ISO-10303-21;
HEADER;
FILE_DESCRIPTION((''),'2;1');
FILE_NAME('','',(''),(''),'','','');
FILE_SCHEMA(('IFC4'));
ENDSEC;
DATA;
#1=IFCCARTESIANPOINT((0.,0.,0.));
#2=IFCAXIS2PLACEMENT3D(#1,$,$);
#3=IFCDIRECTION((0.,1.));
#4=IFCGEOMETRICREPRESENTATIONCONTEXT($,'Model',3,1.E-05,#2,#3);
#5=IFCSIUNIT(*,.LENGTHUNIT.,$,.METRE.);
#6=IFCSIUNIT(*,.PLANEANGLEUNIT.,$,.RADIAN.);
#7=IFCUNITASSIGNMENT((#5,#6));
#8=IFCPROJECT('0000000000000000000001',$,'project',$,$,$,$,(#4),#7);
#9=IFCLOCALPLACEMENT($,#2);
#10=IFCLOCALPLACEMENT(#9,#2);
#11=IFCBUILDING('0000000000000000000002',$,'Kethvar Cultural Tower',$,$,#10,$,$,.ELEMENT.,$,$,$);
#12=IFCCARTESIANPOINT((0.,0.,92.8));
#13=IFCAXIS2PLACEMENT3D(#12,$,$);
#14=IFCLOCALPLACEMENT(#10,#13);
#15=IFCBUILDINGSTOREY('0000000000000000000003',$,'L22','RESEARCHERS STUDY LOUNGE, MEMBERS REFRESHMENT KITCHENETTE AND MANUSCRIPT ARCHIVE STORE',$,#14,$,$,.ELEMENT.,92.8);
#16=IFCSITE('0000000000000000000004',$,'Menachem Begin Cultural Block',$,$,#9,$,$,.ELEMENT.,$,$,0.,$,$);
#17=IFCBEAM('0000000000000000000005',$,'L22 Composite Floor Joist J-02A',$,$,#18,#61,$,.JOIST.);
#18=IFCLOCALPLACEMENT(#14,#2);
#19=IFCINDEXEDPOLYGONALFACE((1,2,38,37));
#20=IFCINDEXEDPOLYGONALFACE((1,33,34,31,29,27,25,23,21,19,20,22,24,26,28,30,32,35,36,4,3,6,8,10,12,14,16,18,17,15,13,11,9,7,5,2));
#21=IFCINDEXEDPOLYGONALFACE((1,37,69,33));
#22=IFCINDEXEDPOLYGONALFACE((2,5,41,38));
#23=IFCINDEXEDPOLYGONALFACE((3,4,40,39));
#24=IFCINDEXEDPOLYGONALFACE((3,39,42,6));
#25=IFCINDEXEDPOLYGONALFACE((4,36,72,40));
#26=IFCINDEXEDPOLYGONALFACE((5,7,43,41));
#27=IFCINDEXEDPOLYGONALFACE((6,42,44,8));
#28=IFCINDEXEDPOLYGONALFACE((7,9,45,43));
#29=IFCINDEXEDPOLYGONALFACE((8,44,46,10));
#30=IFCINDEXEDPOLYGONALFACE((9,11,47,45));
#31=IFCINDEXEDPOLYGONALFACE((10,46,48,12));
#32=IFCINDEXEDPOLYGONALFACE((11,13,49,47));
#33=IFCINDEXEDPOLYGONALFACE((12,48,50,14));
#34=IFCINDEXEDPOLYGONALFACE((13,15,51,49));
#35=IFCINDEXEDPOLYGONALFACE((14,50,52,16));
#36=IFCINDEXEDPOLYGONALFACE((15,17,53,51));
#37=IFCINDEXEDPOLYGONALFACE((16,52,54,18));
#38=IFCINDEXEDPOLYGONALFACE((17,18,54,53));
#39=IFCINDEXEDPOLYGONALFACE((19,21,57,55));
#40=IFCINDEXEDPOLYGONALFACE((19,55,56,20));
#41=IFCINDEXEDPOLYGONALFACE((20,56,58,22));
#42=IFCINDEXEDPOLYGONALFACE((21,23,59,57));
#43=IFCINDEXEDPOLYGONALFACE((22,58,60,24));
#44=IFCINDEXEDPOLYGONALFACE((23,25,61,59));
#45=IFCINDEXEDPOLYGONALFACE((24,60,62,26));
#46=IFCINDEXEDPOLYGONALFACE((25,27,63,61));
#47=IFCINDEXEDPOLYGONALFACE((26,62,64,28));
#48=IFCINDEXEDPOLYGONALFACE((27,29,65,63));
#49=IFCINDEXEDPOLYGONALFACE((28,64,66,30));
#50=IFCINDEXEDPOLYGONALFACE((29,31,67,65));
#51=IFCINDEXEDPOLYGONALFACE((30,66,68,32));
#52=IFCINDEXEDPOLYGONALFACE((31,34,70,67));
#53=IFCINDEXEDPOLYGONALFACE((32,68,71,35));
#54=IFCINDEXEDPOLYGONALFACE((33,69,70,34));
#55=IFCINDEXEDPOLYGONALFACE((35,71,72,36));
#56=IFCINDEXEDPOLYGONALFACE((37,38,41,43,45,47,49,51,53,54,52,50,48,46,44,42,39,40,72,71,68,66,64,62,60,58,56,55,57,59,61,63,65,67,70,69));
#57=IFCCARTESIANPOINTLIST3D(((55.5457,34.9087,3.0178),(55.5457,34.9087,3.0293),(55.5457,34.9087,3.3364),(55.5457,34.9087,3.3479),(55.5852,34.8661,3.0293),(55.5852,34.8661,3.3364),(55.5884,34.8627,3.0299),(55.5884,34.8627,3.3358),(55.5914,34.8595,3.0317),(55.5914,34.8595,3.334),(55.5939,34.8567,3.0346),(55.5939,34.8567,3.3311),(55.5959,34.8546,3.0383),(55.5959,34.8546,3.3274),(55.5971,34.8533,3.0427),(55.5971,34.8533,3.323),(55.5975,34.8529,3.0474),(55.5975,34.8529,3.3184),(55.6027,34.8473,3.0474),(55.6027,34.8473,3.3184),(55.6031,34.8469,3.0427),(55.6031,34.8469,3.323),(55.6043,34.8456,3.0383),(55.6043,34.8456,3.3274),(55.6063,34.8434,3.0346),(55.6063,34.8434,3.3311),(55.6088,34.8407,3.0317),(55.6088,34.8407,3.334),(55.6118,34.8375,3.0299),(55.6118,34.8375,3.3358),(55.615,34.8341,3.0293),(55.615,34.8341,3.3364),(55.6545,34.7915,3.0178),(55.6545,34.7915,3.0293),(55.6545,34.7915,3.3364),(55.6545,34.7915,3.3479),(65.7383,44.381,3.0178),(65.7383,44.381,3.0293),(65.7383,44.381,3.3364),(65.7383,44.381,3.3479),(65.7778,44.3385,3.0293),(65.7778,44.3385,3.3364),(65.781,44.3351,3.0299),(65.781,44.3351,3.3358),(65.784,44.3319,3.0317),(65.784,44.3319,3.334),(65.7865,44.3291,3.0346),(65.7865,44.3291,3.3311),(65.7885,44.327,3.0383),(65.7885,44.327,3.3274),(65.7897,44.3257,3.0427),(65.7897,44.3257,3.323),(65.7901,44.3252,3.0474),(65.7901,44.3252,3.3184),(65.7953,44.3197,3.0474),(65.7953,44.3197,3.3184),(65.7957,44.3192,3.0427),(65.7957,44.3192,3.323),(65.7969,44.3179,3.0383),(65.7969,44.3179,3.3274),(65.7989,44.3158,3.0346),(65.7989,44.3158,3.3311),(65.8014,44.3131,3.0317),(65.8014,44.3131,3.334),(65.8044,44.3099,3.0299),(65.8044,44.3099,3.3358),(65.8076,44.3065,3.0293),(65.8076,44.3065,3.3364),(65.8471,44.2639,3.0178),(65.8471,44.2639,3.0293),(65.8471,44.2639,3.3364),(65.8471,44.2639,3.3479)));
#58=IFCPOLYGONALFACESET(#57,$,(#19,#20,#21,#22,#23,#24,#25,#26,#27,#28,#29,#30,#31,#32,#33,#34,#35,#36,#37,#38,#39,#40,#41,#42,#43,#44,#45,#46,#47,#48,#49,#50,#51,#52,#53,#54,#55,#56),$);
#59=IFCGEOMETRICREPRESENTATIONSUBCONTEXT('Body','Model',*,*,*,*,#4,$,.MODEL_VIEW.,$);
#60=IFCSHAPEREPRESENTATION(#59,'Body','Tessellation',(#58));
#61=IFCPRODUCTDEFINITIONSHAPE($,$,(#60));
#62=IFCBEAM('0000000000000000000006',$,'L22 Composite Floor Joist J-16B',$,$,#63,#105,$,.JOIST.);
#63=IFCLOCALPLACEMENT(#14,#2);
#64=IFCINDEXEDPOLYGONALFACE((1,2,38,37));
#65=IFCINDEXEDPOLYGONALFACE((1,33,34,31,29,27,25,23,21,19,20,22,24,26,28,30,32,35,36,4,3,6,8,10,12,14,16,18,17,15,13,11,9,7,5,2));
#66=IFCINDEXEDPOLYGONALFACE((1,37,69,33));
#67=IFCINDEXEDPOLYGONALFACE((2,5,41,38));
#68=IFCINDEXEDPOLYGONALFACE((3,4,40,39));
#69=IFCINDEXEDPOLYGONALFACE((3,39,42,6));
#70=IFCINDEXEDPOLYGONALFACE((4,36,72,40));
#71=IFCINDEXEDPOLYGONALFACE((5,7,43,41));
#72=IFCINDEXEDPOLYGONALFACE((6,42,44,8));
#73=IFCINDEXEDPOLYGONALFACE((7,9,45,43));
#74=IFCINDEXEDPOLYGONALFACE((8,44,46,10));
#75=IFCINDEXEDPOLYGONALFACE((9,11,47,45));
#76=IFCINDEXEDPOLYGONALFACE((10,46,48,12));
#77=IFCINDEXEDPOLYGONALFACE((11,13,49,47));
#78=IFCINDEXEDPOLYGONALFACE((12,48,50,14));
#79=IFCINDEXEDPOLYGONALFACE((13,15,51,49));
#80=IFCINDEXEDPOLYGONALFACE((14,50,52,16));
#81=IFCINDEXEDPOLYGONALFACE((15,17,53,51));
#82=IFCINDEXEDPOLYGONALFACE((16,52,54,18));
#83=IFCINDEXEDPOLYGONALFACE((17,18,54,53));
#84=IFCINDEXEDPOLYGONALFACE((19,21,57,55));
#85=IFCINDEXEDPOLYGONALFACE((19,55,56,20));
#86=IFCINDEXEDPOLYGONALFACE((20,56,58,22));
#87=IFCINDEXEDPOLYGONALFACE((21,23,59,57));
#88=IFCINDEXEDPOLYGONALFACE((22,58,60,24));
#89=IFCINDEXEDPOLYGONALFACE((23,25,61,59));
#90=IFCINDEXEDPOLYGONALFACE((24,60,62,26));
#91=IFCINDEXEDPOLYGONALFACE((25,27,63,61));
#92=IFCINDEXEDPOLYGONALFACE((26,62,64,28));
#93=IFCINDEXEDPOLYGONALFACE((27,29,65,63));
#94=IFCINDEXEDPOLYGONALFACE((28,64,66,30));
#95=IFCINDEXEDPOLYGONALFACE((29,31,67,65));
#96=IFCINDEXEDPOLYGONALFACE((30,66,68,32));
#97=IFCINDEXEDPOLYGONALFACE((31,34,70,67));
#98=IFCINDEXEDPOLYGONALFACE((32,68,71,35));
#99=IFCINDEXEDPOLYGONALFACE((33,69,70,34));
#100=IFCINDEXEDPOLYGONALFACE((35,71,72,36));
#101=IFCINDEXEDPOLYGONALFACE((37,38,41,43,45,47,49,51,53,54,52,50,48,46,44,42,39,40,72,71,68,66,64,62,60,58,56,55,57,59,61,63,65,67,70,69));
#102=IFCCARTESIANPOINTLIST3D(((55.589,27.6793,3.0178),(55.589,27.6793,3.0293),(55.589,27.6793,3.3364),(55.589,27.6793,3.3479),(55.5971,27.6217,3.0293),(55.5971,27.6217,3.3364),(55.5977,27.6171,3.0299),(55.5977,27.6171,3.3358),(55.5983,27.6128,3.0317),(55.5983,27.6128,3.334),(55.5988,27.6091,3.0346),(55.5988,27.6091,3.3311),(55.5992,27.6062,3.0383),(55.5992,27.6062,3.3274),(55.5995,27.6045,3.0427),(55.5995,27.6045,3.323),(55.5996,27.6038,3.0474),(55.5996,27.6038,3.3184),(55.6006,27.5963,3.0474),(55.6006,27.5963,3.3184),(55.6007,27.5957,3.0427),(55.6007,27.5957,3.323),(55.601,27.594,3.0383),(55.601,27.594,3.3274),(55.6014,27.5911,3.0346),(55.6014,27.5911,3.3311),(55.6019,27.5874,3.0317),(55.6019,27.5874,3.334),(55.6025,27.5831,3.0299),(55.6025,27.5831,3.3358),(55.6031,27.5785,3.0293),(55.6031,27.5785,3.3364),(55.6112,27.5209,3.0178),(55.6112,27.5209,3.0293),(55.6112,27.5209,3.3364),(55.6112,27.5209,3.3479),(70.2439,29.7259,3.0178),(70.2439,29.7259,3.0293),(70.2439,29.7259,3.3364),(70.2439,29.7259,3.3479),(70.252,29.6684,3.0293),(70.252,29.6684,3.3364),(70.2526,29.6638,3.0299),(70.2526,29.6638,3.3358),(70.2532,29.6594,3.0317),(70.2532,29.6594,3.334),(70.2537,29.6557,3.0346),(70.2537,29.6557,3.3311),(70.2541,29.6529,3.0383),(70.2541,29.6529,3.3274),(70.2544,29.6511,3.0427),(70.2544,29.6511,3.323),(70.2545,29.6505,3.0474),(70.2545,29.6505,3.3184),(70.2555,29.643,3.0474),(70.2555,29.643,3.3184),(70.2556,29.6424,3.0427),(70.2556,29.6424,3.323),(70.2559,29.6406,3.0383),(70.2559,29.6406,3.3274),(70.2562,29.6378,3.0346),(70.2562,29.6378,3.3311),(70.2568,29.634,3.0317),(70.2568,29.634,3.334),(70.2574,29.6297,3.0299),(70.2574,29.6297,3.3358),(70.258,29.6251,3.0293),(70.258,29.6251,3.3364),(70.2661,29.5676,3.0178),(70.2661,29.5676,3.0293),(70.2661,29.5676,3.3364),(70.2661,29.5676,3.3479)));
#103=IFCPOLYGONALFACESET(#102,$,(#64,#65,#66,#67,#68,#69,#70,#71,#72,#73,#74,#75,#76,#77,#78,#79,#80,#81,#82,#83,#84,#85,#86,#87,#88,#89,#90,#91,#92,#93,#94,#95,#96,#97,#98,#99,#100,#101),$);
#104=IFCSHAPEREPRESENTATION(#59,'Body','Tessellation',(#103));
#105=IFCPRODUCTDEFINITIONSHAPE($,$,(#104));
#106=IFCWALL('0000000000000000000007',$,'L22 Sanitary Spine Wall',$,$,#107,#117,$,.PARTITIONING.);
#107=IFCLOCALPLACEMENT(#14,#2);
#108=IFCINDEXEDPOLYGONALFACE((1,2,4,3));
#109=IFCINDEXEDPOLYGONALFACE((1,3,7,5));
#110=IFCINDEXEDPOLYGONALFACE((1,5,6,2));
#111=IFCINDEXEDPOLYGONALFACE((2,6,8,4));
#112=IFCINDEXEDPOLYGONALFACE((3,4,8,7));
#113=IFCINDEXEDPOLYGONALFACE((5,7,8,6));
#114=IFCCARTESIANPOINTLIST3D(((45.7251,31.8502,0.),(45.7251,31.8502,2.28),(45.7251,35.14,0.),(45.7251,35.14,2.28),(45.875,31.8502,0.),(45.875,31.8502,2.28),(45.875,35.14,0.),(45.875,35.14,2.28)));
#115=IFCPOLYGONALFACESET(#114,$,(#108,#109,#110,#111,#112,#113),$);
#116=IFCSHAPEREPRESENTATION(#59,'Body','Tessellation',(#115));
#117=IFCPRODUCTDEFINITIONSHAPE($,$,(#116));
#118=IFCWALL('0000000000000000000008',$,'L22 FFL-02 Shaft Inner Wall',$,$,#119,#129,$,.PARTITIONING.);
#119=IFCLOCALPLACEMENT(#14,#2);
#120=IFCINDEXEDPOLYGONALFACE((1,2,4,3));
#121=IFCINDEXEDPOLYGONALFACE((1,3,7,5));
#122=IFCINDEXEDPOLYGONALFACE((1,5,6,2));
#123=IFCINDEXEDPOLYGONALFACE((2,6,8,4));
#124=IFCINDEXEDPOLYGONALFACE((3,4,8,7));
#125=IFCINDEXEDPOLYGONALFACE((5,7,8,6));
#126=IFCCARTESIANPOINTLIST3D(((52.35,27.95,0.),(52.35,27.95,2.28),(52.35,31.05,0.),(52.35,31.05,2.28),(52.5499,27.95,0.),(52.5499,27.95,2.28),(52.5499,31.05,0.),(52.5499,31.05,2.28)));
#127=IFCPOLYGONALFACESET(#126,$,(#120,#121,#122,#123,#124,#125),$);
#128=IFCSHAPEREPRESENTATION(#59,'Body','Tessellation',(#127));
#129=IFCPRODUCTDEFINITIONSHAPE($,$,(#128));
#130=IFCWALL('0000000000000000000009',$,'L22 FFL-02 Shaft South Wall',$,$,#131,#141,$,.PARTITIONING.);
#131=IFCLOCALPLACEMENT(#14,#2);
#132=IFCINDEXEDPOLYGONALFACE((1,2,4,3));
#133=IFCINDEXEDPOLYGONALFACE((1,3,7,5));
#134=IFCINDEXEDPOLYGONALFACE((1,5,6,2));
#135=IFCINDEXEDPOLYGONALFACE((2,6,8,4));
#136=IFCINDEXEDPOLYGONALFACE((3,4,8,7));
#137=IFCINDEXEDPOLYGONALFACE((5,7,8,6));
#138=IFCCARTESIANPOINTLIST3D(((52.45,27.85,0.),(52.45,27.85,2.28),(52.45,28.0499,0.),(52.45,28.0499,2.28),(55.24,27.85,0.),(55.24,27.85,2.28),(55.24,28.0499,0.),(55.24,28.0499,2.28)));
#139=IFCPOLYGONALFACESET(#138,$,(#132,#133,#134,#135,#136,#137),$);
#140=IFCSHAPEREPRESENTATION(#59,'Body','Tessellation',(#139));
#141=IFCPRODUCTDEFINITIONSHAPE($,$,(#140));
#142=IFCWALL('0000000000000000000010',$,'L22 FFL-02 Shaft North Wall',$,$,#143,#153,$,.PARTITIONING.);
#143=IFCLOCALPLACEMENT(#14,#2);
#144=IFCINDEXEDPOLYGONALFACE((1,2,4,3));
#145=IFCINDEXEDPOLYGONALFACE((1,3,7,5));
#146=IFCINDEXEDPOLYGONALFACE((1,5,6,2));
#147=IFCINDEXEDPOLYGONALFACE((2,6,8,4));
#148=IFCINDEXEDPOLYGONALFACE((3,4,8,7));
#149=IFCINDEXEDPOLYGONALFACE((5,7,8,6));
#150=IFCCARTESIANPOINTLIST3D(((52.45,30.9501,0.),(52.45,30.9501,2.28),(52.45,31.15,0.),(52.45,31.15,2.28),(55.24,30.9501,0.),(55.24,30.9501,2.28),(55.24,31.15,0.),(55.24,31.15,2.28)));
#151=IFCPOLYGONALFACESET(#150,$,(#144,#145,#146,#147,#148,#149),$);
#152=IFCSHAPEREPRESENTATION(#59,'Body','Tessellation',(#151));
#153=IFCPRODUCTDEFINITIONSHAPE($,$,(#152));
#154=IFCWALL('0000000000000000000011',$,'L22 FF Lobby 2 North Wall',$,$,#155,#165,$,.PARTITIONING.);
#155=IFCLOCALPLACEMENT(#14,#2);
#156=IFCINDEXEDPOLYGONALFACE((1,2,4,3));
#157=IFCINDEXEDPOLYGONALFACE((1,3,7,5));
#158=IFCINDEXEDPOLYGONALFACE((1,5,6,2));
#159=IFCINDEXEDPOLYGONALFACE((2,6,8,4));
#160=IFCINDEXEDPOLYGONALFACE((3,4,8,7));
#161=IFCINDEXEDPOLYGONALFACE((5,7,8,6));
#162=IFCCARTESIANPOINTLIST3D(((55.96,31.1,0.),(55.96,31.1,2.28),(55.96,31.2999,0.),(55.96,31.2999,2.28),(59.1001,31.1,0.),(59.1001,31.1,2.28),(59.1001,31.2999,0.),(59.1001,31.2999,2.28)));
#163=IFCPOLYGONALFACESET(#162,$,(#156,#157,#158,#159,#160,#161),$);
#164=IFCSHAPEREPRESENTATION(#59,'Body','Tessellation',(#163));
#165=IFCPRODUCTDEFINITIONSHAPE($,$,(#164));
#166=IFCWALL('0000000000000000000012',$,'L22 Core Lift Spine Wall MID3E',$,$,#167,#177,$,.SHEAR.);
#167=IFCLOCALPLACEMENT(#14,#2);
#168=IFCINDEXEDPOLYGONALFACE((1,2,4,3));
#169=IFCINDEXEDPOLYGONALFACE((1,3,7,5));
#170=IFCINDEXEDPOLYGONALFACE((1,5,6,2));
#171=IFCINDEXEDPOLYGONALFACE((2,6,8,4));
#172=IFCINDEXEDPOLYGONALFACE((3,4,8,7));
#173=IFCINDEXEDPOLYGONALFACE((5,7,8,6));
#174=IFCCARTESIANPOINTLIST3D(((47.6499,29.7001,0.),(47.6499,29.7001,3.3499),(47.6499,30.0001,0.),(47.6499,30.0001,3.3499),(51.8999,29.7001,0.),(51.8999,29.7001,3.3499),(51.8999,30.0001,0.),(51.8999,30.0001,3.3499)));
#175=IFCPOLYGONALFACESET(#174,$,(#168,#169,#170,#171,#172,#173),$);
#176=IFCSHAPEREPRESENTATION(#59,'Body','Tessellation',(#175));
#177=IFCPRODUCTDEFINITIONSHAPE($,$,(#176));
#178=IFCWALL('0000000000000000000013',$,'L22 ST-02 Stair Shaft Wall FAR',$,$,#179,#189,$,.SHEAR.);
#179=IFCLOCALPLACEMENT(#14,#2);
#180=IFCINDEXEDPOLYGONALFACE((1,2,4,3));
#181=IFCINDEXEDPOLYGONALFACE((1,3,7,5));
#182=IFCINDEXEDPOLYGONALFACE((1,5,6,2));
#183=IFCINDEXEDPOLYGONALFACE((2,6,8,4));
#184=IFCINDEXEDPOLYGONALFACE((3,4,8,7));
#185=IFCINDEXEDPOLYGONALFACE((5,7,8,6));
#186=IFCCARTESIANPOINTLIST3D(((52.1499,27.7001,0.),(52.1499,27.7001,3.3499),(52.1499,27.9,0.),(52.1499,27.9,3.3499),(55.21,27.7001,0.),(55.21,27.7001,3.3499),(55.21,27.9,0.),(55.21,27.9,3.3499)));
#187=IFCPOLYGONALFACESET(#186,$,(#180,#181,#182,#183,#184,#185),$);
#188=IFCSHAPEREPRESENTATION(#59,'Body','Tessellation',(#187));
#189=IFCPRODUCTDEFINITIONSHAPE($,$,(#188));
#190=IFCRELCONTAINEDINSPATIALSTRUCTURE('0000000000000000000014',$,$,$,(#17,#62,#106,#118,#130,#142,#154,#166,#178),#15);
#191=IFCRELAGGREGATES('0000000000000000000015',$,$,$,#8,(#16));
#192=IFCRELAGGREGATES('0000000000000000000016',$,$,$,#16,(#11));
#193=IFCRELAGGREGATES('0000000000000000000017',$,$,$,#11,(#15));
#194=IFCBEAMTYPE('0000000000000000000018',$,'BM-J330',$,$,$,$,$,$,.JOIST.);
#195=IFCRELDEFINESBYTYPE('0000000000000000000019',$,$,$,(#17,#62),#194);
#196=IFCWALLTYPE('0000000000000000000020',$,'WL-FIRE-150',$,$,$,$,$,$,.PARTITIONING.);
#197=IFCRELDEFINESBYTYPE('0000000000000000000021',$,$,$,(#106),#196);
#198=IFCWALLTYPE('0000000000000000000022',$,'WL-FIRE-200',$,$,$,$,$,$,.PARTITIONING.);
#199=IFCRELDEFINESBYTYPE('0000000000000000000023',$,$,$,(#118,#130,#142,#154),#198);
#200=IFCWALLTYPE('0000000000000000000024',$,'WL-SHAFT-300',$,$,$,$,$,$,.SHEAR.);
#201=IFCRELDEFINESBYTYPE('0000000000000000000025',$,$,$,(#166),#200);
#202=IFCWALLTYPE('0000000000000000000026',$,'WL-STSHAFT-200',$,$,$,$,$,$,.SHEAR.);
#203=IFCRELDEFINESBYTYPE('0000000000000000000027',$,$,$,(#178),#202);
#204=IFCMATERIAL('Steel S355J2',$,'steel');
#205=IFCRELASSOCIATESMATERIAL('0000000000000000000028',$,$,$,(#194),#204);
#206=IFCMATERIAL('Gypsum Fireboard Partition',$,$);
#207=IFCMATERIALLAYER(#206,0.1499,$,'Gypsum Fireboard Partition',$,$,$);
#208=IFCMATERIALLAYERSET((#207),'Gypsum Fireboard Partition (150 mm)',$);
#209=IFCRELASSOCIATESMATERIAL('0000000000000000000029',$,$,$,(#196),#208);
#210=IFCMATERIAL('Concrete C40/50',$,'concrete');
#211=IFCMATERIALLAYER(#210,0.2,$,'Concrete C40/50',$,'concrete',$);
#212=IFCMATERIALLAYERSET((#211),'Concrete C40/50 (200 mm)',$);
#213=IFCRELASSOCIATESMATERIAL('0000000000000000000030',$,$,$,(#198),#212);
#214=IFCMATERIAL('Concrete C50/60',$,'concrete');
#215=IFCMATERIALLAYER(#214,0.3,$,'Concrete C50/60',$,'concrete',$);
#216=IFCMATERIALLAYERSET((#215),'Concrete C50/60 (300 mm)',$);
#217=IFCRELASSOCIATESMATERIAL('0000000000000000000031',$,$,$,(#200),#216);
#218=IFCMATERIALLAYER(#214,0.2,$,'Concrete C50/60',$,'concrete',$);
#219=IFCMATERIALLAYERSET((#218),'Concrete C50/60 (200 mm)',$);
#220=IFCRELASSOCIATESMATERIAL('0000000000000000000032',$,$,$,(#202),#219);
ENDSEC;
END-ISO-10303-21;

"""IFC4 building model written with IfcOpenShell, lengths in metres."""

from ifc_helpers import new_model, si_unit, direction, frame, frame_2d, origin, origin_2d, place, context, subcontext, project, spatial, rectangle, i_section, extrude, source, transform, mapped, material, layer, layer_set, material_profile, profile_set, type_object, element, save


model = new_model("IFC4")

# Units and contexts
model_context = context("Model", 3, precision=1e-05, world=origin(), true_north=direction((0.0, 1.0)))
body_context = subcontext(model_context, "Body", "Model", "MODEL_VIEW")
ifc_project = project(units=[si_unit("LENGTHUNIT", "METRE"), si_unit("PLANEANGLEUNIT", "RADIAN")], contexts=[model_context])

# Site, building, storey
site_placement = place(None, origin())
site = spatial("IfcSite", under=ifc_project, at=site_placement, Name="Menachem Begin Cultural Block", CompositionType="ELEMENT", RefElevation=0.0)
building_placement = place(site_placement, origin())
building = spatial("IfcBuilding", under=site, at=building_placement, Name="Kethvar Cultural Tower", CompositionType="ELEMENT")
storey_placement = place(building_placement, frame((0.0, 0.0, 92.8)))
storey = spatial("IfcBuildingStorey", under=building, at=storey_placement, Name="L22", Description="RESEARCHERS STUDY LOUNGE, MEMBERS REFRESHMENT KITCHENETTE AND MANUSCRIPT ARCHIVE STORE", CompositionType="ELEMENT", Elevation=92.8)

# Beams
ifc_material_1 = material(Name="Steel S355J2", Category="steel")
ifc_material_profile_1 = material_profile(ifc_material_1, i_section(OverallWidth=0.1599, OverallDepth=0.3301, WebThickness=0.0076, FlangeThickness=0.0115, FilletRadius=0.0181, at=origin_2d()), Name="Steel S355J2 — IPE330")
ifc_profile_set_1 = profile_set([ifc_material_profile_1], Name="Steel S355J2 — IPE330")
beam_type_1 = type_object("IfcBeamType", Name="BM-J330", PredefinedType="JOIST", material=ifc_profile_set_1)
shared_shape_1 = source(origin(), body_context, "Body", "SweptSolid", [
    extrude(i_section(OverallWidth=0.1599, OverallDepth=0.3301, WebThickness=0.0076, FlangeThickness=0.0115, FilletRadius=0.0181, at=origin_2d()), origin(), (0.0, 0.0, 1.0), 13.9146),
])
beam_1_placement = place(storey_placement, frame((55.6001, 34.8501, 3.1829), z_axis=(0.732513, 0.680753, 0.0), x_axis=(-0.680753, 0.732513, 0.0)))
element("IfcBeam", 1, at=beam_1_placement, inside=storey, type_object=beam_type_1, Name="L22 Composite Floor Joist J-02A", PredefinedType="JOIST", context=body_context, shape_type="MappedRepresentation", body=[
    mapped(shared_shape_1, transform((0.0, 0.0, 0.0), scale=1.0)),
])
shared_shape_2 = source(origin(), body_context, "Body", "SweptSolid", [
    extrude(i_section(OverallWidth=0.1599, OverallDepth=0.3301, WebThickness=0.0076, FlangeThickness=0.0115, FilletRadius=0.0181, at=origin_2d()), origin(), (0.0, 0.0, 1.0), 14.7971),
])
beam_2_placement = place(storey_placement, frame((55.6001, 27.6001, 3.1829), z_axis=(0.990388, 0.138314, 0.0), x_axis=(-0.138314, 0.990388, 0.0)))
element("IfcBeam", 2, at=beam_2_placement, inside=storey, type_object=beam_type_1, Name="L22 Composite Floor Joist J-16B", PredefinedType="JOIST", context=body_context, shape_type="MappedRepresentation", body=[
    mapped(shared_shape_2, transform((0.0, 0.0, 0.0), scale=1.0)),
])

# Walls
ifc_material_2 = material(Name="Gypsum Fireboard Partition")
ifc_layer_1 = layer(ifc_material_2, 0.1499, Name="Gypsum Fireboard Partition")
ifc_layer_set_1 = layer_set([ifc_layer_1], Name="Gypsum Fireboard Partition (150 mm)")
wall_type_1 = type_object("IfcWallType", Name="WL-FIRE-150", PredefinedType="PARTITIONING", material=ifc_layer_set_1)
wall_1_placement = place(storey_placement, frame((45.8, 31.8501, 0.0), z_axis=(0.0, 0.0, 1.0), x_axis=(0.0, 1.0, 0.0)))
element("IfcWall", 3, at=wall_1_placement, inside=storey, type_object=wall_type_1, Name="L22 Sanitary Spine Wall", PredefinedType="PARTITIONING", context=body_context, shape_type="SweptSolid", body=[
    extrude(rectangle(XDim=3.2898, YDim=0.1499, at=frame_2d((1.645, 0.0))), origin(), (0.0, 0.0, 1.0), 2.28),
])
ifc_material_3 = material(Name="Concrete C40/50", Category="concrete")
ifc_layer_2 = layer(ifc_material_3, 0.2, Name="Concrete C40/50", Category="concrete")
ifc_layer_set_2 = layer_set([ifc_layer_2], Name="Concrete C40/50 (200 mm)")
wall_type_2 = type_object("IfcWallType", Name="WL-FIRE-200", PredefinedType="PARTITIONING", material=ifc_layer_set_2)
wall_2_placement = place(storey_placement, frame((52.45, 27.95, 0.0), z_axis=(0.0, 0.0, 1.0), x_axis=(0.0, 1.0, 0.0)))
element("IfcWall", 4, at=wall_2_placement, inside=storey, type_object=wall_type_2, Name="L22 FFL-02 Shaft Inner Wall", PredefinedType="PARTITIONING", context=body_context, shape_type="SweptSolid", body=[
    extrude(rectangle(XDim=3.1001, YDim=0.2, at=frame_2d((1.55, 0.0))), origin(), (0.0, 0.0, 1.0), 2.28),
])
for number, where, z_axis, x_axis, name in (
    (5, (52.45, 27.95, 0.0), (0.0, 0.0, 1.0), (1.0, 0.0, 0.0), "L22 FFL-02 Shaft South Wall"),
    (6, (52.45, 31.05, 0.0), (0.0, 0.0, 1.0), (1.0, 0.0, 0.0), "L22 FFL-02 Shaft North Wall"),
):
    element("IfcWall", number, at=place(storey_placement, frame(where, z_axis=z_axis, x_axis=x_axis)), inside=storey, type_object=wall_type_2, Name=name, PredefinedType="PARTITIONING", context=body_context, shape_type="SweptSolid", body=[
        extrude(rectangle(XDim=2.79, YDim=0.2, at=frame_2d((1.395, 0.0))), origin(), (0.0, 0.0, 1.0), 2.28),
    ])
wall_3_placement = place(storey_placement, frame((55.96, 31.2, 0.0), z_axis=(0.0, 0.0, 1.0), x_axis=(1.0, 0.0, 0.0)))
element("IfcWall", 7, at=wall_3_placement, inside=storey, type_object=wall_type_2, Name="L22 FF Lobby 2 North Wall", PredefinedType="PARTITIONING", context=body_context, shape_type="SweptSolid", body=[
    extrude(rectangle(XDim=3.1401, YDim=0.2, at=frame_2d((1.5701, 0.0))), origin(), (0.0, 0.0, 1.0), 2.28),
])
ifc_material_4 = material(Name="Concrete C50/60", Category="concrete")
ifc_layer_3 = layer(ifc_material_4, 0.3, Name="Concrete C50/60", Category="concrete")
ifc_layer_set_3 = layer_set([ifc_layer_3], Name="Concrete C50/60 (300 mm)")
wall_type_3 = type_object("IfcWallType", Name="WL-SHAFT-300", PredefinedType="SHEAR", material=ifc_layer_set_3)
wall_4_placement = place(storey_placement, frame((47.6499, 29.8501, 0.0), z_axis=(0.0, 0.0, 1.0), x_axis=(1.0, 0.0, 0.0)))
element("IfcWall", 8, at=wall_4_placement, inside=storey, type_object=wall_type_3, Name="L22 Core Lift Spine Wall MID3E", PredefinedType="SHEAR", context=body_context, shape_type="SweptSolid", body=[
    extrude(rectangle(XDim=4.25, YDim=0.3, at=frame_2d((2.125, 0.0))), origin(), (0.0, 0.0, 1.0), 3.3499),
])
ifc_layer_4 = layer(ifc_material_4, 0.2, Name="Concrete C50/60", Category="concrete")
ifc_layer_set_4 = layer_set([ifc_layer_4], Name="Concrete C50/60 (200 mm)")
wall_type_4 = type_object("IfcWallType", Name="WL-STSHAFT-200", PredefinedType="SHEAR", material=ifc_layer_set_4)
wall_5_placement = place(storey_placement, frame((52.1499, 27.8, 0.0), z_axis=(0.0, 0.0, 1.0), x_axis=(1.0, 0.0, 0.0)))
element("IfcWall", 9, at=wall_5_placement, inside=storey, type_object=wall_type_4, Name="L22 ST-02 Stair Shaft Wall FAR", PredefinedType="SHEAR", context=body_context, shape_type="SweptSolid", body=[
    extrude(rectangle(XDim=3.0601, YDim=0.2, at=frame_2d((1.53, 0.0))), origin(), (0.0, 0.0, 1.0), 3.3499),
])

save(model, "model.ifc")
